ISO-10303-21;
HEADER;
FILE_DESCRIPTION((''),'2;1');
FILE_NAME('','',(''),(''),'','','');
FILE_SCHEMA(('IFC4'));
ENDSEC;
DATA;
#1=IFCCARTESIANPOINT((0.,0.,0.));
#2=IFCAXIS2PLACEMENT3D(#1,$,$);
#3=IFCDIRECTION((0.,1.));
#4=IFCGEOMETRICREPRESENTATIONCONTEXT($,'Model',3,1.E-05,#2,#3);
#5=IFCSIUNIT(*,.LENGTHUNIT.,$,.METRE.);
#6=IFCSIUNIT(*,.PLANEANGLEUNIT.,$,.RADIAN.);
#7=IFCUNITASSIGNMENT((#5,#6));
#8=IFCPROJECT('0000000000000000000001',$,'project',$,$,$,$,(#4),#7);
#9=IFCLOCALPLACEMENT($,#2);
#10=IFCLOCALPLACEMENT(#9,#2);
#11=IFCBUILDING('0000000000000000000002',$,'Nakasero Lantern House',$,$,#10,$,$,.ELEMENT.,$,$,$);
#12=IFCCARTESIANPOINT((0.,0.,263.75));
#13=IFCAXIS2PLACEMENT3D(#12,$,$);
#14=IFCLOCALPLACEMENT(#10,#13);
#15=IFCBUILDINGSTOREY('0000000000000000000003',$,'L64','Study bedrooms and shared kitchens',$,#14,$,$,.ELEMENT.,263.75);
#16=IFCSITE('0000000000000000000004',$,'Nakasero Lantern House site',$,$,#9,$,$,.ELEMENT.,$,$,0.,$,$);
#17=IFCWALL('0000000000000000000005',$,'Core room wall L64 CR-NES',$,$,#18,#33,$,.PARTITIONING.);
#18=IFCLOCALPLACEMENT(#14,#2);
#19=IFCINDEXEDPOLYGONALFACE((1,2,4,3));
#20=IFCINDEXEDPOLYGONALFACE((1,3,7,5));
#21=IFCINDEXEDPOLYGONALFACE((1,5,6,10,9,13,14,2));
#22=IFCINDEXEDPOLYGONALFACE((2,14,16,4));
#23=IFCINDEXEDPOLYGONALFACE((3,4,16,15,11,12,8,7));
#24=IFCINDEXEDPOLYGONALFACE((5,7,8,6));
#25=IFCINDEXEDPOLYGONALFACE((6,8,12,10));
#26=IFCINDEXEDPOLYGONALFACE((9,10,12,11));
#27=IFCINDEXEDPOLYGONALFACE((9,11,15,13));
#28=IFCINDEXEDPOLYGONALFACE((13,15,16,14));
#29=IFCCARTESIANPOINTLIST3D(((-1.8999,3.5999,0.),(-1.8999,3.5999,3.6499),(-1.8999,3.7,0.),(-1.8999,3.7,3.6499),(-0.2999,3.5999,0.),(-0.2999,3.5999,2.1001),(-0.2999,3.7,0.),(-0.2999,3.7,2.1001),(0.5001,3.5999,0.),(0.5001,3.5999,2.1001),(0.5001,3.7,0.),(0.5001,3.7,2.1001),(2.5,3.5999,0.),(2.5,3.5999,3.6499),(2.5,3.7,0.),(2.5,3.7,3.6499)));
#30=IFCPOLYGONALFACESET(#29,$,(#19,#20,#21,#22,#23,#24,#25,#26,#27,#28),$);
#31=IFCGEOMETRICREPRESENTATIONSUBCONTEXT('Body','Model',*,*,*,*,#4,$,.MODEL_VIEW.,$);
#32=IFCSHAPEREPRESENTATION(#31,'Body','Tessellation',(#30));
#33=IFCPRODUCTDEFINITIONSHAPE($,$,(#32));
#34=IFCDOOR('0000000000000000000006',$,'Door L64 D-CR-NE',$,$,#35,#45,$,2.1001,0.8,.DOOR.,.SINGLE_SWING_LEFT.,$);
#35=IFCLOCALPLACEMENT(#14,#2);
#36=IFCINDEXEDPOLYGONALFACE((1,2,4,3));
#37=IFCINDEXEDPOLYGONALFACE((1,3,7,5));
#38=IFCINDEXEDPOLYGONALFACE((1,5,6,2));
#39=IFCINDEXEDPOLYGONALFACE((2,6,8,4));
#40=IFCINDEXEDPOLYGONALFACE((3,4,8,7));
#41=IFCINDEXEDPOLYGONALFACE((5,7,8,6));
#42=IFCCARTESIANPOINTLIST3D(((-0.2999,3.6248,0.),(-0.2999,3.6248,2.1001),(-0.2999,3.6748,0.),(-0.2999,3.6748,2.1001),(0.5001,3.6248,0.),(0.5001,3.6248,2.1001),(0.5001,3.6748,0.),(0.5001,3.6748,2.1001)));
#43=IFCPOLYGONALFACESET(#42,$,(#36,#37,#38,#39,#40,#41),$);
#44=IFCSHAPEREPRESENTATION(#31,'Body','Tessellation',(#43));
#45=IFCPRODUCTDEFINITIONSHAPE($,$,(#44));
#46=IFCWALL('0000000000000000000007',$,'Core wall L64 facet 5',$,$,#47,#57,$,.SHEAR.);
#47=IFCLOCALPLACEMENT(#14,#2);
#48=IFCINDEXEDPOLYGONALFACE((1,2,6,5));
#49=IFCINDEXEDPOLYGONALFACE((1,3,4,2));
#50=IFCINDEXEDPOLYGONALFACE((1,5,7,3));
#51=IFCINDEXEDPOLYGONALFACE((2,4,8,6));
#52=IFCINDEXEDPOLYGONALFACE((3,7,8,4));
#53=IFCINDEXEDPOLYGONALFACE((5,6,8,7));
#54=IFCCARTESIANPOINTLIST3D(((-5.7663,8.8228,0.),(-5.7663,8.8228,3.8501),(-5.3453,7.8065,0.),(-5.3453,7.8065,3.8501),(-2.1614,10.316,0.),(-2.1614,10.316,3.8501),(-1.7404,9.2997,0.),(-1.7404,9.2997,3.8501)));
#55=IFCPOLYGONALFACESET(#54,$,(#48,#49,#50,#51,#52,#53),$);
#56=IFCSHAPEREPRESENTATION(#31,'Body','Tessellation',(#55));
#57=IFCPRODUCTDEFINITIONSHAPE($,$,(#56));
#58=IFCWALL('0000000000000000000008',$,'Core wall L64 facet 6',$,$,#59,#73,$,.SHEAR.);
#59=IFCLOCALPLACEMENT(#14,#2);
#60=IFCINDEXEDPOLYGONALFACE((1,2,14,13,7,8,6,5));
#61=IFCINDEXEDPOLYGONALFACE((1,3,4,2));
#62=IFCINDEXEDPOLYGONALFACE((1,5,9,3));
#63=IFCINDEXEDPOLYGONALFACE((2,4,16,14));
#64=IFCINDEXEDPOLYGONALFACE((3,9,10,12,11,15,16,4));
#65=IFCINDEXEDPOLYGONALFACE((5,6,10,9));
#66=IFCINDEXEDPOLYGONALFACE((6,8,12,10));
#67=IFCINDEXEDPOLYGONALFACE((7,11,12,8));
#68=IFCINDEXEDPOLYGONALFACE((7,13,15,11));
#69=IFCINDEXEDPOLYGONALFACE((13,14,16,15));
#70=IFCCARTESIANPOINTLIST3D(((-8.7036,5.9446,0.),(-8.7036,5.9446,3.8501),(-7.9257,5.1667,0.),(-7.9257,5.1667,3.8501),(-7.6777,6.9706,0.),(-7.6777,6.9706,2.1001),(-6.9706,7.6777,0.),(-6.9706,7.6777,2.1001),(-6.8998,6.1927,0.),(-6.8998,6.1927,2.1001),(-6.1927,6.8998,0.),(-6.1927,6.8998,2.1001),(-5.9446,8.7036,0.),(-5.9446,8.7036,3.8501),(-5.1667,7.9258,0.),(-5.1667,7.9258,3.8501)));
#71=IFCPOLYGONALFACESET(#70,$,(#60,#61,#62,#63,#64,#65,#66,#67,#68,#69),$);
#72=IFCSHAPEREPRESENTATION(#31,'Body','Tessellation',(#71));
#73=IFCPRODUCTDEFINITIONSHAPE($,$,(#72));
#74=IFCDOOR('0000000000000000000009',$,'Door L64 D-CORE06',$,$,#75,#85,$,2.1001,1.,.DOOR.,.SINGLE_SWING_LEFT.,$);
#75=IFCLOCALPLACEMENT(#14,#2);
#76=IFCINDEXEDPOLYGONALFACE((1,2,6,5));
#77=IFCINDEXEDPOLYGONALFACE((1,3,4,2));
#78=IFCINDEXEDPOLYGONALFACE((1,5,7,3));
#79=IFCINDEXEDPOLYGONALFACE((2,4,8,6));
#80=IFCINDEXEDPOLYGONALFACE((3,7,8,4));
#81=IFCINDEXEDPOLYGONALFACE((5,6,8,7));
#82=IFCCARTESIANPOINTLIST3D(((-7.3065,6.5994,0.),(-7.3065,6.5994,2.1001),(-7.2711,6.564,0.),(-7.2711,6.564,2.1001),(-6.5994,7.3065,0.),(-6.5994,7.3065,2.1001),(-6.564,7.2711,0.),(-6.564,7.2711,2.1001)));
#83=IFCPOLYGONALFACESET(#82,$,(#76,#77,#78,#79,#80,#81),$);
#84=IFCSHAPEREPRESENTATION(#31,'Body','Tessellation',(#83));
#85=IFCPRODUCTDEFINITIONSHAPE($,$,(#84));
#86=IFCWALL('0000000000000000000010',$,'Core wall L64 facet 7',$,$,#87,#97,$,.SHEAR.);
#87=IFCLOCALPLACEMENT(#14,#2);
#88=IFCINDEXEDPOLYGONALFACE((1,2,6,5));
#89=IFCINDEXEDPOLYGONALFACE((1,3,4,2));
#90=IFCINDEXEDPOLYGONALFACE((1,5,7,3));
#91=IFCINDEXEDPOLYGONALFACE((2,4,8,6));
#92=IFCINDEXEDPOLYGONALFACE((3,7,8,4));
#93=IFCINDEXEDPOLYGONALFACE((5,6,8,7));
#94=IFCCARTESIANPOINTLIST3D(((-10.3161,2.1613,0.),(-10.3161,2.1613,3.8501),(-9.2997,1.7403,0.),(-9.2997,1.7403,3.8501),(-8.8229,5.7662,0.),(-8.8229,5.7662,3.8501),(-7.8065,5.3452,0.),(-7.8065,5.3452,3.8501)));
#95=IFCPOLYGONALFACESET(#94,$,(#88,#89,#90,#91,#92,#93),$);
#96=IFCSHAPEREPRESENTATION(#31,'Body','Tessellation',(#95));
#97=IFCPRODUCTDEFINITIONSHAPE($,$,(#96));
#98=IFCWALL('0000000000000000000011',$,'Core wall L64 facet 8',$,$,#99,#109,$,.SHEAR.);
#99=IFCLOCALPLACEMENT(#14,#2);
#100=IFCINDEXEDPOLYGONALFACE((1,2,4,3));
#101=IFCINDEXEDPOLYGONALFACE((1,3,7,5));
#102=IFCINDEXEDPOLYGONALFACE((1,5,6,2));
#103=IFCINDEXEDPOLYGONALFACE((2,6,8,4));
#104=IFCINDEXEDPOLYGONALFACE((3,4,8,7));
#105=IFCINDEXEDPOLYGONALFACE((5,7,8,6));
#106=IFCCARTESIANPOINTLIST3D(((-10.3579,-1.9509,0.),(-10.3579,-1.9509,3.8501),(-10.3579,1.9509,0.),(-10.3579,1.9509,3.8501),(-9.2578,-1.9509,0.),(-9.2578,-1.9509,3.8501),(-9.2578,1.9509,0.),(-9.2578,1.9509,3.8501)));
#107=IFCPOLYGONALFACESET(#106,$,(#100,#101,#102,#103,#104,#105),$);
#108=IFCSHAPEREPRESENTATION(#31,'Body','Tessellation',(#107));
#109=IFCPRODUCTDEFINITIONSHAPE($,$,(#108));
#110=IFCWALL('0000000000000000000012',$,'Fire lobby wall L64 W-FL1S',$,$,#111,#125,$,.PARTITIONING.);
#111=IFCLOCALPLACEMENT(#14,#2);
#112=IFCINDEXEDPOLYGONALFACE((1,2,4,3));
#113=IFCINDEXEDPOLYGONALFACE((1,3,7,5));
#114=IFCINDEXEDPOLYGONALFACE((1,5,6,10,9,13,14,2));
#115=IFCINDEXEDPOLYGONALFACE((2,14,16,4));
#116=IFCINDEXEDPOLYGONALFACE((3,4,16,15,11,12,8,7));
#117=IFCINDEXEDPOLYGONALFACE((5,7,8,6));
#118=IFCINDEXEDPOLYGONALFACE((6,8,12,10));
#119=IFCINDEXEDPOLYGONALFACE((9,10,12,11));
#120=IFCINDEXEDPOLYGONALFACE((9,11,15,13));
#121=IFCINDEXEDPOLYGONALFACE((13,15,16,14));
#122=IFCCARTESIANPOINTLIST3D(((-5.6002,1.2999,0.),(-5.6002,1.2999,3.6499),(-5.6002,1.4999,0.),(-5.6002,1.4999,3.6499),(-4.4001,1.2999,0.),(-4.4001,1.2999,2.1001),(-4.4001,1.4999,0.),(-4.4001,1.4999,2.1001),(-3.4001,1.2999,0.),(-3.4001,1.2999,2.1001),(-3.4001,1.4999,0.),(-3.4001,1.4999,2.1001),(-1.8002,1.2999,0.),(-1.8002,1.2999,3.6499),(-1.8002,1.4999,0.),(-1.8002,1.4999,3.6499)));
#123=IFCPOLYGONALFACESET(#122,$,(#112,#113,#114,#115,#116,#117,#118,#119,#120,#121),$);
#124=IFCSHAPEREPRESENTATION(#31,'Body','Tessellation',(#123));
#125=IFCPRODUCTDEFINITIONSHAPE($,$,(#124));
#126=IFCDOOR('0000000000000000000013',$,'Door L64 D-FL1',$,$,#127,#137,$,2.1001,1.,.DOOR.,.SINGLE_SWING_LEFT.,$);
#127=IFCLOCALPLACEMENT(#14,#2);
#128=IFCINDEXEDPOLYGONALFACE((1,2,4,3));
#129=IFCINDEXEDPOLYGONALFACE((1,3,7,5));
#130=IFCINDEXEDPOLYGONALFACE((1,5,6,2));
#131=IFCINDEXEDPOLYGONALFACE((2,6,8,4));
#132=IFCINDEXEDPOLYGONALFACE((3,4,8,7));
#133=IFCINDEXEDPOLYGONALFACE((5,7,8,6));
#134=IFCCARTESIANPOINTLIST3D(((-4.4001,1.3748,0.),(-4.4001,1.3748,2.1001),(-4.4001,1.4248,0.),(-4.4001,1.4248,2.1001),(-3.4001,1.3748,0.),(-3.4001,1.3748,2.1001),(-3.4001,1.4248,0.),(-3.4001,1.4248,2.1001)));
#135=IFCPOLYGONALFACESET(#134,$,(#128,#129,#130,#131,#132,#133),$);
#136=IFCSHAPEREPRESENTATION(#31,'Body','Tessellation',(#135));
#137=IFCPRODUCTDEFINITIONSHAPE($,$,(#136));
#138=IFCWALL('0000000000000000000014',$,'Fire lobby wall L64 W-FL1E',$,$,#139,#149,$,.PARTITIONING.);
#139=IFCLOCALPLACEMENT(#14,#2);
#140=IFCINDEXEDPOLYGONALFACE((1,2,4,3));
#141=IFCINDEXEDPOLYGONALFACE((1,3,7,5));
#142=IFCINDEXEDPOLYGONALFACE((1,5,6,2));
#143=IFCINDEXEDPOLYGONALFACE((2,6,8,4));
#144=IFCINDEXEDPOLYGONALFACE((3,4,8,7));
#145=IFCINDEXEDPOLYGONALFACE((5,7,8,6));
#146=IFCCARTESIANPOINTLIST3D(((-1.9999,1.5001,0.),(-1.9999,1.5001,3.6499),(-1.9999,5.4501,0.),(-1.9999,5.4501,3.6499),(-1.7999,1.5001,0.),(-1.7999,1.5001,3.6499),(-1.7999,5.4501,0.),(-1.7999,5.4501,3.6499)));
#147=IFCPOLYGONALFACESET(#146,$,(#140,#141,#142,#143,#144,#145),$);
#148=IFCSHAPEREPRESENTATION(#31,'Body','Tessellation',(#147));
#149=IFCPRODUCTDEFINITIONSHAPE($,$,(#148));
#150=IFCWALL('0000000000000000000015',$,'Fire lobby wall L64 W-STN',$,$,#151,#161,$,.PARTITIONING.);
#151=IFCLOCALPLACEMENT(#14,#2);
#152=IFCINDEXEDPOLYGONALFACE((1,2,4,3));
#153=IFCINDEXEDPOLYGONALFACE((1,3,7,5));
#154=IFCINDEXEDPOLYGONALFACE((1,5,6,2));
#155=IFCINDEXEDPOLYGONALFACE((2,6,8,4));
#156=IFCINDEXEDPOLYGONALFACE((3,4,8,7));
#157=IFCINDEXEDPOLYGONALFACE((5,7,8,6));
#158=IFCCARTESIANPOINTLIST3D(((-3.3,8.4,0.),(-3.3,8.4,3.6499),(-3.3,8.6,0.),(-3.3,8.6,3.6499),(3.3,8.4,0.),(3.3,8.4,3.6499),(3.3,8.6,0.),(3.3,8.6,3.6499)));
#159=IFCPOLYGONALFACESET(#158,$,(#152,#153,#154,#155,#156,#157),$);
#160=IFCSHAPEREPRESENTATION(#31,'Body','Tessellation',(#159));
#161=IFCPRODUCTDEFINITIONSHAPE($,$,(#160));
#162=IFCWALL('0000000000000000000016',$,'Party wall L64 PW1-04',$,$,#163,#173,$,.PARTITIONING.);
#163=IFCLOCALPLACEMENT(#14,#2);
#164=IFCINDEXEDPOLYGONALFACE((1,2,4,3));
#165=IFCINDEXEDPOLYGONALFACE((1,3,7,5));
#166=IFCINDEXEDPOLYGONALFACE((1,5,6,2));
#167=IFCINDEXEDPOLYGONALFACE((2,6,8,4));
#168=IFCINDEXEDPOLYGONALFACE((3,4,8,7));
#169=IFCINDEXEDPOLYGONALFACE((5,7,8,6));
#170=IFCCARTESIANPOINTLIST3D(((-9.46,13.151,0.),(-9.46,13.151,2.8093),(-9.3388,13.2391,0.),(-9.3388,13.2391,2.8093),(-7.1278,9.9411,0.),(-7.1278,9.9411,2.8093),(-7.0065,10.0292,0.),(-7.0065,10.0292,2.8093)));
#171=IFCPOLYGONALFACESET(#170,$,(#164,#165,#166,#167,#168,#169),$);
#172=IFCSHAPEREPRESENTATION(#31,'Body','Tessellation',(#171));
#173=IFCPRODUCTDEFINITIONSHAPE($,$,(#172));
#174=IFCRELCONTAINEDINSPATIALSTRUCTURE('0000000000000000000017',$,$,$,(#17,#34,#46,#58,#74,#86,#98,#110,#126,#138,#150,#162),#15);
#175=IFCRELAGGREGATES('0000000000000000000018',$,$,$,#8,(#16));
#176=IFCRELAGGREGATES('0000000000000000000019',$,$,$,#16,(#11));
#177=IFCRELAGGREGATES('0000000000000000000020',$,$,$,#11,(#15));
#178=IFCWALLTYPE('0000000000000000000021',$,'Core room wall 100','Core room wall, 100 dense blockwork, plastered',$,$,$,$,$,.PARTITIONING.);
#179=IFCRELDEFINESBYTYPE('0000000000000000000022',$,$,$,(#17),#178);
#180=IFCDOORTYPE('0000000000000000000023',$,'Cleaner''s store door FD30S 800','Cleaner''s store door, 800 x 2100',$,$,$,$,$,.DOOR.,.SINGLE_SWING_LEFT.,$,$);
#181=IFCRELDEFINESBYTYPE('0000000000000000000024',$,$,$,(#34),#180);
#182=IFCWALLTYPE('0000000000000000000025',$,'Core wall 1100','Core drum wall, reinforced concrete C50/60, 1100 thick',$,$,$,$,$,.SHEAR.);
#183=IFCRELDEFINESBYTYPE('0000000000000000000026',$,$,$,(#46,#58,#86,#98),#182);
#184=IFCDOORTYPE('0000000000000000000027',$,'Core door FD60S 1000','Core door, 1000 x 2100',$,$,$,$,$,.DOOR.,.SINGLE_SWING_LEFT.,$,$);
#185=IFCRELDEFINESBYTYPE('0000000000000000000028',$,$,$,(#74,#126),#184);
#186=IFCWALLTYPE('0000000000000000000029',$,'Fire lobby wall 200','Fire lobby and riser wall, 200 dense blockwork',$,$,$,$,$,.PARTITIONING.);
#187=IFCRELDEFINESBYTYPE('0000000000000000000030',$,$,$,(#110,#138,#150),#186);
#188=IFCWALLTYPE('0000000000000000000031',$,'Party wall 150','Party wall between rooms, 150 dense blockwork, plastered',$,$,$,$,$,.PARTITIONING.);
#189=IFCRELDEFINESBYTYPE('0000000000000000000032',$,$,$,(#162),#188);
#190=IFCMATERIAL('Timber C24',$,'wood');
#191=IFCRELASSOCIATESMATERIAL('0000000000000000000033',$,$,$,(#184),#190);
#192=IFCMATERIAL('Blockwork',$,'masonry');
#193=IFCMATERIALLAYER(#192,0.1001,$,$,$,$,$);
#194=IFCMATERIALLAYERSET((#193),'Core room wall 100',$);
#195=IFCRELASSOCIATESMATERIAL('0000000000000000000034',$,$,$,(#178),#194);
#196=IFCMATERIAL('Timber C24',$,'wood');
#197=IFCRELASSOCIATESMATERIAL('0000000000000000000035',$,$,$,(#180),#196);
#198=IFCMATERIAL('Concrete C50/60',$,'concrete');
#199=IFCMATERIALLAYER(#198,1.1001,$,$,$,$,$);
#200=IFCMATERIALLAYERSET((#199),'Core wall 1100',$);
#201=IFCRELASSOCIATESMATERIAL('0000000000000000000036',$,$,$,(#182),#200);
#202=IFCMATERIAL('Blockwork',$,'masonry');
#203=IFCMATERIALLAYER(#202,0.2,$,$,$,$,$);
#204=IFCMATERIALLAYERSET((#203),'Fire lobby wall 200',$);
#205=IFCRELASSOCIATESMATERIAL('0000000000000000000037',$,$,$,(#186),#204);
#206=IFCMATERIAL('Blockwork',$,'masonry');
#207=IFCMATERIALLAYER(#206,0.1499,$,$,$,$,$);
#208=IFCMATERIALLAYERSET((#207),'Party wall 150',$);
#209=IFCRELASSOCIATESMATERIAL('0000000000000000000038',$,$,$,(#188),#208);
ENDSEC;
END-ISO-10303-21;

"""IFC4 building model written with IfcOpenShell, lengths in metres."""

from ifc_helpers import new_model, si_unit, direction, frame, frame_2d, origin, place, context, subcontext, project, spatial, rectangle, extrude, material, layer, layer_set, type_object, element, fill, save


model = new_model("IFC4")

# Units and contexts
model_context = context("Model", 3, precision=1e-05, world=origin(), true_north=direction((0.0, 1.0)))
body_context = subcontext(model_context, "Body", "Model", "MODEL_VIEW")
ifc_project = project(units=[si_unit("LENGTHUNIT", "METRE"), si_unit("PLANEANGLEUNIT", "RADIAN")], contexts=[model_context])

# Site, building, storey
site_placement = place(None, origin())
site = spatial("IfcSite", under=ifc_project, at=site_placement, Name="Nakasero Lantern House site", CompositionType="ELEMENT", RefElevation=0.0)
building_placement = place(site_placement, origin())
building = spatial("IfcBuilding", under=site, at=building_placement, Name="Nakasero Lantern House", CompositionType="ELEMENT")
storey_placement = place(building_placement, frame((0.0, 0.0, 263.75)))
storey = spatial("IfcBuildingStorey", under=building, at=storey_placement, Name="L64", Description="Study bedrooms and shared kitchens", CompositionType="ELEMENT", Elevation=263.75)

# Shared definitions
ifc_material_1 = material(Name="Timber C24", Category="wood")
door_type_1 = type_object("IfcDoorType", Name="Core door FD60S 1000", Description="Core door, 1000 x 2100", OperationType="SINGLE_SWING_LEFT", PredefinedType="DOOR", material=ifc_material_1)

# Wall, opening, door
ifc_material_2 = material(Name="Blockwork", Category="masonry")
ifc_layer_1 = layer(ifc_material_2, 0.1001)
ifc_layer_set_1 = layer_set([ifc_layer_1], Name="Core room wall 100")
wall_type_1 = type_object("IfcWallType", Name="Core room wall 100", Description="Core room wall, 100 dense blockwork, plastered", PredefinedType="PARTITIONING", material=ifc_layer_set_1)
wall_1_placement = place(storey_placement, frame((-1.8999, 3.6499, 0.0), z_axis=(0.0, 0.0, 1.0), x_axis=(1.0, 0.0, 0.0)))
wall_1 = element("IfcWall", 1, at=wall_1_placement, inside=storey, type_object=wall_type_1, Name="Core room wall L64 CR-NES", PredefinedType="PARTITIONING", context=body_context, shape_type="SweptSolid", body=[
    extrude(rectangle(XDim=4.3999, YDim=0.1001, at=frame_2d((2.2, 0.0))), origin(), (0.0, 0.0, 1.0), 3.6499),
])
opening_1_placement = place(wall_1_placement, frame((1.6001, 0.0, 0.0)))
opening_1 = element("IfcOpeningElement", 2, at=opening_1_placement, cuts=wall_1, PredefinedType="OPENING", context=body_context, shape_type="SweptSolid", body=[
    extrude(rectangle(XDim=0.8, YDim=2.1001, at=frame_2d((0.3999, 1.05))), frame((0.0, 0.0701, 0.0), z_axis=(0.0, -1.0, 0.0), x_axis=(1.0, 0.0, 0.0)), (0.0, 0.0, 1.0), 0.1401),
])
ifc_material_3 = material(Name="Timber C24", Category="wood")
door_type_2 = type_object("IfcDoorType", Name="Cleaner's store door FD30S 800", Description="Cleaner's store door, 800 x 2100", OperationType="SINGLE_SWING_LEFT", PredefinedType="DOOR", material=ifc_material_3)
door_1_placement = place(opening_1_placement, origin())
door_1 = element("IfcDoor", 3, at=door_1_placement, inside=storey, type_object=door_type_2, Name="Door L64 D-CR-NE", OperationType="SINGLE_SWING_LEFT", OverallHeight=2.1001, OverallWidth=0.8, PredefinedType="DOOR", context=body_context, shape_type="SweptSolid", body=[
    extrude(rectangle(XDim=0.8, YDim=2.1001, at=frame_2d((0.3999, 1.05))), frame((0.0, 0.0249, 0.0), z_axis=(0.0, -1.0, 0.0), x_axis=(1.0, 0.0, 0.0)), (0.0, 0.0, 1.0), 0.05),
])
fill(opening_1, door_1)

# Wall
ifc_material_4 = material(Name="Concrete C50/60", Category="concrete")
ifc_layer_2 = layer(ifc_material_4, 1.1001)
ifc_layer_set_2 = layer_set([ifc_layer_2], Name="Core wall 1100")
wall_type_2 = type_object("IfcWallType", Name="Core wall 1100", Description="Core drum wall, reinforced concrete C50/60, 1100 thick", PredefinedType="SHEAR", material=ifc_layer_set_2)
wall_2_placement = place(storey_placement, frame((-1.9509, 9.8079, 0.0), z_axis=(0.0, 0.0, 1.0), x_axis=(-0.923877, -0.382691, 0.0)))
element("IfcWall", 4, at=wall_2_placement, inside=storey, type_object=wall_type_2, Name="Core wall L64 facet 5", PredefinedType="SHEAR", context=body_context, shape_type="SweptSolid", body=[
    extrude(rectangle(XDim=3.9019, YDim=1.1001, at=frame_2d((1.9509, 0.0))), origin(), (0.0, 0.0, 1.0), 3.8501),
])

# Wall, opening, door
wall_3_placement = place(storey_placement, frame((-5.5557, 8.3147, 0.0), z_axis=(0.0, 0.0, 1.0), x_axis=(-0.707107, -0.707107, 0.0)))
wall_3 = element("IfcWall", 5, at=wall_3_placement, inside=storey, type_object=wall_type_2, Name="Core wall L64 facet 6", PredefinedType="SHEAR", context=body_context, shape_type="SweptSolid", body=[
    extrude(rectangle(XDim=3.9019, YDim=1.1001, at=frame_2d((1.9509, 0.0))), origin(), (0.0, 0.0, 1.0), 3.8501),
])
opening_2_placement = place(wall_3_placement, frame((1.4509, 0.0, 0.0)))
opening_2 = element("IfcOpeningElement", 6, at=opening_2_placement, cuts=wall_3, PredefinedType="OPENING", context=body_context, shape_type="SweptSolid", body=[
    extrude(rectangle(XDim=1.0, YDim=2.1001, at=frame_2d((0.5, 1.05))), frame((0.0, 0.5701, 0.0), z_axis=(0.0, -1.0, 0.0), x_axis=(1.0, 0.0, 0.0)), (0.0, 0.0, 1.0), 1.1401),
])
door_2_placement = place(opening_2_placement, origin())
door_2 = element("IfcDoor", 7, at=door_2_placement, inside=storey, type_object=door_type_1, Name="Door L64 D-CORE06", OperationType="SINGLE_SWING_LEFT", OverallHeight=2.1001, OverallWidth=1.0, PredefinedType="DOOR", context=body_context, shape_type="SweptSolid", body=[
    extrude(rectangle(XDim=1.0, YDim=2.1001, at=frame_2d((0.5, 1.05))), frame((0.0, 0.0249, 0.0), z_axis=(0.0, -1.0, 0.0), x_axis=(1.0, 0.0, 0.0)), (0.0, 0.0, 1.0), 0.05),
])
fill(opening_2, door_2)

# Walls
for number, where, z_axis, x_axis, name in (
    (8, (-8.3147, 5.5557, 0.0), (0.0, 0.0, 1.0), (-0.382691, -0.923877, 0.0), "Core wall L64 facet 7"),
    (9, (-9.8079, 1.9509, 0.0), (0.0, 0.0, 1.0), (0.0, -1.0, 0.0), "Core wall L64 facet 8"),
):
    element("IfcWall", number, at=place(storey_placement, frame(where, z_axis=z_axis, x_axis=x_axis)), inside=storey, type_object=wall_type_2, Name=name, PredefinedType="SHEAR", context=body_context, shape_type="SweptSolid", body=[
        extrude(rectangle(XDim=3.9019, YDim=1.1001, at=frame_2d((1.9509, 0.0))), origin(), (0.0, 0.0, 1.0), 3.8501),
    ])

# Wall, opening, door
ifc_material_5 = material(Name="Blockwork", Category="masonry")
ifc_layer_3 = layer(ifc_material_5, 0.2)
ifc_layer_set_3 = layer_set([ifc_layer_3], Name="Fire lobby wall 200")
wall_type_3 = type_object("IfcWallType", Name="Fire lobby wall 200", Description="Fire lobby and riser wall, 200 dense blockwork", PredefinedType="PARTITIONING", material=ifc_layer_set_3)
wall_4_placement = place(storey_placement, frame((-5.6001, 1.3999, 0.0), z_axis=(0.0, 0.0, 1.0), x_axis=(1.0, 0.0, 0.0)))
wall_4 = element("IfcWall", 10, at=wall_4_placement, inside=storey, type_object=wall_type_3, Name="Fire lobby wall L64 W-FL1S", PredefinedType="PARTITIONING", context=body_context, shape_type="SweptSolid", body=[
    extrude(rectangle(XDim=3.8, YDim=0.2, at=frame_2d((1.8999, 0.0))), origin(), (0.0, 0.0, 1.0), 3.6499),
])
opening_3_placement = place(wall_4_placement, frame((1.2, 0.0, 0.0)))
opening_3 = element("IfcOpeningElement", 11, at=opening_3_placement, cuts=wall_4, PredefinedType="OPENING", context=body_context, shape_type="SweptSolid", body=[
    extrude(rectangle(XDim=1.0, YDim=2.1001, at=frame_2d((0.5, 1.05))), frame((0.0, 0.1199, 0.0), z_axis=(0.0, -1.0, 0.0), x_axis=(1.0, 0.0, 0.0)), (0.0, 0.0, 1.0), 0.24),
])
door_3_placement = place(opening_3_placement, origin())
door_3 = element("IfcDoor", 12, at=door_3_placement, inside=storey, type_object=door_type_1, Name="Door L64 D-FL1", OperationType="SINGLE_SWING_LEFT", OverallHeight=2.1001, OverallWidth=1.0, PredefinedType="DOOR", context=body_context, shape_type="SweptSolid", body=[
    extrude(rectangle(XDim=1.0, YDim=2.1001, at=frame_2d((0.5, 1.05))), frame((0.0, 0.0249, 0.0), z_axis=(0.0, -1.0, 0.0), x_axis=(1.0, 0.0, 0.0)), (0.0, 0.0, 1.0), 0.05),
])
fill(opening_3, door_3)

# Walls
wall_5_placement = place(storey_placement, frame((-1.8999, 1.5, 0.0), z_axis=(0.0, 0.0, 1.0), x_axis=(0.0, 1.0, 0.0)))
element("IfcWall", 13, at=wall_5_placement, inside=storey, type_object=wall_type_3, Name="Fire lobby wall L64 W-FL1E", PredefinedType="PARTITIONING", context=body_context, shape_type="SweptSolid", body=[
    extrude(rectangle(XDim=3.95, YDim=0.2, at=frame_2d((1.9751, 0.0))), origin(), (0.0, 0.0, 1.0), 3.6499),
])
wall_6_placement = place(storey_placement, frame((-3.3, 8.5, 0.0), z_axis=(0.0, 0.0, 1.0), x_axis=(1.0, 0.0, 0.0)))
element("IfcWall", 14, at=wall_6_placement, inside=storey, type_object=wall_type_3, Name="Fire lobby wall L64 W-STN", PredefinedType="PARTITIONING", context=body_context, shape_type="SweptSolid", body=[
    extrude(rectangle(XDim=6.6001, YDim=0.2, at=frame_2d((3.3, 0.0))), origin(), (0.0, 0.0, 1.0), 3.6499),
])
ifc_material_6 = material(Name="Blockwork", Category="masonry")
ifc_layer_4 = layer(ifc_material_6, 0.1499)
ifc_layer_set_4 = layer_set([ifc_layer_4], Name="Party wall 150")
wall_type_4 = type_object("IfcWallType", Name="Party wall 150", Description="Party wall between rooms, 150 dense blockwork, plastered", PredefinedType="PARTITIONING", material=ifc_layer_set_4)
wall_7_placement = place(storey_placement, frame((-7.0671, 9.9851, 0.0), z_axis=(0.0, 0.0, 1.0), x_axis=(-0.587802, 0.809005, 0.0)))
element("IfcWall", 15, at=wall_7_placement, inside=storey, type_object=wall_type_4, Name="Party wall L64 PW1-04", PredefinedType="PARTITIONING", context=body_context, shape_type="SweptSolid", body=[
    extrude(rectangle(XDim=3.9678, YDim=0.1499, at=frame_2d((1.9839, 0.0))), origin(), (0.0, 0.0, 1.0), 2.8093),
])

save(model, "model.ifc")
